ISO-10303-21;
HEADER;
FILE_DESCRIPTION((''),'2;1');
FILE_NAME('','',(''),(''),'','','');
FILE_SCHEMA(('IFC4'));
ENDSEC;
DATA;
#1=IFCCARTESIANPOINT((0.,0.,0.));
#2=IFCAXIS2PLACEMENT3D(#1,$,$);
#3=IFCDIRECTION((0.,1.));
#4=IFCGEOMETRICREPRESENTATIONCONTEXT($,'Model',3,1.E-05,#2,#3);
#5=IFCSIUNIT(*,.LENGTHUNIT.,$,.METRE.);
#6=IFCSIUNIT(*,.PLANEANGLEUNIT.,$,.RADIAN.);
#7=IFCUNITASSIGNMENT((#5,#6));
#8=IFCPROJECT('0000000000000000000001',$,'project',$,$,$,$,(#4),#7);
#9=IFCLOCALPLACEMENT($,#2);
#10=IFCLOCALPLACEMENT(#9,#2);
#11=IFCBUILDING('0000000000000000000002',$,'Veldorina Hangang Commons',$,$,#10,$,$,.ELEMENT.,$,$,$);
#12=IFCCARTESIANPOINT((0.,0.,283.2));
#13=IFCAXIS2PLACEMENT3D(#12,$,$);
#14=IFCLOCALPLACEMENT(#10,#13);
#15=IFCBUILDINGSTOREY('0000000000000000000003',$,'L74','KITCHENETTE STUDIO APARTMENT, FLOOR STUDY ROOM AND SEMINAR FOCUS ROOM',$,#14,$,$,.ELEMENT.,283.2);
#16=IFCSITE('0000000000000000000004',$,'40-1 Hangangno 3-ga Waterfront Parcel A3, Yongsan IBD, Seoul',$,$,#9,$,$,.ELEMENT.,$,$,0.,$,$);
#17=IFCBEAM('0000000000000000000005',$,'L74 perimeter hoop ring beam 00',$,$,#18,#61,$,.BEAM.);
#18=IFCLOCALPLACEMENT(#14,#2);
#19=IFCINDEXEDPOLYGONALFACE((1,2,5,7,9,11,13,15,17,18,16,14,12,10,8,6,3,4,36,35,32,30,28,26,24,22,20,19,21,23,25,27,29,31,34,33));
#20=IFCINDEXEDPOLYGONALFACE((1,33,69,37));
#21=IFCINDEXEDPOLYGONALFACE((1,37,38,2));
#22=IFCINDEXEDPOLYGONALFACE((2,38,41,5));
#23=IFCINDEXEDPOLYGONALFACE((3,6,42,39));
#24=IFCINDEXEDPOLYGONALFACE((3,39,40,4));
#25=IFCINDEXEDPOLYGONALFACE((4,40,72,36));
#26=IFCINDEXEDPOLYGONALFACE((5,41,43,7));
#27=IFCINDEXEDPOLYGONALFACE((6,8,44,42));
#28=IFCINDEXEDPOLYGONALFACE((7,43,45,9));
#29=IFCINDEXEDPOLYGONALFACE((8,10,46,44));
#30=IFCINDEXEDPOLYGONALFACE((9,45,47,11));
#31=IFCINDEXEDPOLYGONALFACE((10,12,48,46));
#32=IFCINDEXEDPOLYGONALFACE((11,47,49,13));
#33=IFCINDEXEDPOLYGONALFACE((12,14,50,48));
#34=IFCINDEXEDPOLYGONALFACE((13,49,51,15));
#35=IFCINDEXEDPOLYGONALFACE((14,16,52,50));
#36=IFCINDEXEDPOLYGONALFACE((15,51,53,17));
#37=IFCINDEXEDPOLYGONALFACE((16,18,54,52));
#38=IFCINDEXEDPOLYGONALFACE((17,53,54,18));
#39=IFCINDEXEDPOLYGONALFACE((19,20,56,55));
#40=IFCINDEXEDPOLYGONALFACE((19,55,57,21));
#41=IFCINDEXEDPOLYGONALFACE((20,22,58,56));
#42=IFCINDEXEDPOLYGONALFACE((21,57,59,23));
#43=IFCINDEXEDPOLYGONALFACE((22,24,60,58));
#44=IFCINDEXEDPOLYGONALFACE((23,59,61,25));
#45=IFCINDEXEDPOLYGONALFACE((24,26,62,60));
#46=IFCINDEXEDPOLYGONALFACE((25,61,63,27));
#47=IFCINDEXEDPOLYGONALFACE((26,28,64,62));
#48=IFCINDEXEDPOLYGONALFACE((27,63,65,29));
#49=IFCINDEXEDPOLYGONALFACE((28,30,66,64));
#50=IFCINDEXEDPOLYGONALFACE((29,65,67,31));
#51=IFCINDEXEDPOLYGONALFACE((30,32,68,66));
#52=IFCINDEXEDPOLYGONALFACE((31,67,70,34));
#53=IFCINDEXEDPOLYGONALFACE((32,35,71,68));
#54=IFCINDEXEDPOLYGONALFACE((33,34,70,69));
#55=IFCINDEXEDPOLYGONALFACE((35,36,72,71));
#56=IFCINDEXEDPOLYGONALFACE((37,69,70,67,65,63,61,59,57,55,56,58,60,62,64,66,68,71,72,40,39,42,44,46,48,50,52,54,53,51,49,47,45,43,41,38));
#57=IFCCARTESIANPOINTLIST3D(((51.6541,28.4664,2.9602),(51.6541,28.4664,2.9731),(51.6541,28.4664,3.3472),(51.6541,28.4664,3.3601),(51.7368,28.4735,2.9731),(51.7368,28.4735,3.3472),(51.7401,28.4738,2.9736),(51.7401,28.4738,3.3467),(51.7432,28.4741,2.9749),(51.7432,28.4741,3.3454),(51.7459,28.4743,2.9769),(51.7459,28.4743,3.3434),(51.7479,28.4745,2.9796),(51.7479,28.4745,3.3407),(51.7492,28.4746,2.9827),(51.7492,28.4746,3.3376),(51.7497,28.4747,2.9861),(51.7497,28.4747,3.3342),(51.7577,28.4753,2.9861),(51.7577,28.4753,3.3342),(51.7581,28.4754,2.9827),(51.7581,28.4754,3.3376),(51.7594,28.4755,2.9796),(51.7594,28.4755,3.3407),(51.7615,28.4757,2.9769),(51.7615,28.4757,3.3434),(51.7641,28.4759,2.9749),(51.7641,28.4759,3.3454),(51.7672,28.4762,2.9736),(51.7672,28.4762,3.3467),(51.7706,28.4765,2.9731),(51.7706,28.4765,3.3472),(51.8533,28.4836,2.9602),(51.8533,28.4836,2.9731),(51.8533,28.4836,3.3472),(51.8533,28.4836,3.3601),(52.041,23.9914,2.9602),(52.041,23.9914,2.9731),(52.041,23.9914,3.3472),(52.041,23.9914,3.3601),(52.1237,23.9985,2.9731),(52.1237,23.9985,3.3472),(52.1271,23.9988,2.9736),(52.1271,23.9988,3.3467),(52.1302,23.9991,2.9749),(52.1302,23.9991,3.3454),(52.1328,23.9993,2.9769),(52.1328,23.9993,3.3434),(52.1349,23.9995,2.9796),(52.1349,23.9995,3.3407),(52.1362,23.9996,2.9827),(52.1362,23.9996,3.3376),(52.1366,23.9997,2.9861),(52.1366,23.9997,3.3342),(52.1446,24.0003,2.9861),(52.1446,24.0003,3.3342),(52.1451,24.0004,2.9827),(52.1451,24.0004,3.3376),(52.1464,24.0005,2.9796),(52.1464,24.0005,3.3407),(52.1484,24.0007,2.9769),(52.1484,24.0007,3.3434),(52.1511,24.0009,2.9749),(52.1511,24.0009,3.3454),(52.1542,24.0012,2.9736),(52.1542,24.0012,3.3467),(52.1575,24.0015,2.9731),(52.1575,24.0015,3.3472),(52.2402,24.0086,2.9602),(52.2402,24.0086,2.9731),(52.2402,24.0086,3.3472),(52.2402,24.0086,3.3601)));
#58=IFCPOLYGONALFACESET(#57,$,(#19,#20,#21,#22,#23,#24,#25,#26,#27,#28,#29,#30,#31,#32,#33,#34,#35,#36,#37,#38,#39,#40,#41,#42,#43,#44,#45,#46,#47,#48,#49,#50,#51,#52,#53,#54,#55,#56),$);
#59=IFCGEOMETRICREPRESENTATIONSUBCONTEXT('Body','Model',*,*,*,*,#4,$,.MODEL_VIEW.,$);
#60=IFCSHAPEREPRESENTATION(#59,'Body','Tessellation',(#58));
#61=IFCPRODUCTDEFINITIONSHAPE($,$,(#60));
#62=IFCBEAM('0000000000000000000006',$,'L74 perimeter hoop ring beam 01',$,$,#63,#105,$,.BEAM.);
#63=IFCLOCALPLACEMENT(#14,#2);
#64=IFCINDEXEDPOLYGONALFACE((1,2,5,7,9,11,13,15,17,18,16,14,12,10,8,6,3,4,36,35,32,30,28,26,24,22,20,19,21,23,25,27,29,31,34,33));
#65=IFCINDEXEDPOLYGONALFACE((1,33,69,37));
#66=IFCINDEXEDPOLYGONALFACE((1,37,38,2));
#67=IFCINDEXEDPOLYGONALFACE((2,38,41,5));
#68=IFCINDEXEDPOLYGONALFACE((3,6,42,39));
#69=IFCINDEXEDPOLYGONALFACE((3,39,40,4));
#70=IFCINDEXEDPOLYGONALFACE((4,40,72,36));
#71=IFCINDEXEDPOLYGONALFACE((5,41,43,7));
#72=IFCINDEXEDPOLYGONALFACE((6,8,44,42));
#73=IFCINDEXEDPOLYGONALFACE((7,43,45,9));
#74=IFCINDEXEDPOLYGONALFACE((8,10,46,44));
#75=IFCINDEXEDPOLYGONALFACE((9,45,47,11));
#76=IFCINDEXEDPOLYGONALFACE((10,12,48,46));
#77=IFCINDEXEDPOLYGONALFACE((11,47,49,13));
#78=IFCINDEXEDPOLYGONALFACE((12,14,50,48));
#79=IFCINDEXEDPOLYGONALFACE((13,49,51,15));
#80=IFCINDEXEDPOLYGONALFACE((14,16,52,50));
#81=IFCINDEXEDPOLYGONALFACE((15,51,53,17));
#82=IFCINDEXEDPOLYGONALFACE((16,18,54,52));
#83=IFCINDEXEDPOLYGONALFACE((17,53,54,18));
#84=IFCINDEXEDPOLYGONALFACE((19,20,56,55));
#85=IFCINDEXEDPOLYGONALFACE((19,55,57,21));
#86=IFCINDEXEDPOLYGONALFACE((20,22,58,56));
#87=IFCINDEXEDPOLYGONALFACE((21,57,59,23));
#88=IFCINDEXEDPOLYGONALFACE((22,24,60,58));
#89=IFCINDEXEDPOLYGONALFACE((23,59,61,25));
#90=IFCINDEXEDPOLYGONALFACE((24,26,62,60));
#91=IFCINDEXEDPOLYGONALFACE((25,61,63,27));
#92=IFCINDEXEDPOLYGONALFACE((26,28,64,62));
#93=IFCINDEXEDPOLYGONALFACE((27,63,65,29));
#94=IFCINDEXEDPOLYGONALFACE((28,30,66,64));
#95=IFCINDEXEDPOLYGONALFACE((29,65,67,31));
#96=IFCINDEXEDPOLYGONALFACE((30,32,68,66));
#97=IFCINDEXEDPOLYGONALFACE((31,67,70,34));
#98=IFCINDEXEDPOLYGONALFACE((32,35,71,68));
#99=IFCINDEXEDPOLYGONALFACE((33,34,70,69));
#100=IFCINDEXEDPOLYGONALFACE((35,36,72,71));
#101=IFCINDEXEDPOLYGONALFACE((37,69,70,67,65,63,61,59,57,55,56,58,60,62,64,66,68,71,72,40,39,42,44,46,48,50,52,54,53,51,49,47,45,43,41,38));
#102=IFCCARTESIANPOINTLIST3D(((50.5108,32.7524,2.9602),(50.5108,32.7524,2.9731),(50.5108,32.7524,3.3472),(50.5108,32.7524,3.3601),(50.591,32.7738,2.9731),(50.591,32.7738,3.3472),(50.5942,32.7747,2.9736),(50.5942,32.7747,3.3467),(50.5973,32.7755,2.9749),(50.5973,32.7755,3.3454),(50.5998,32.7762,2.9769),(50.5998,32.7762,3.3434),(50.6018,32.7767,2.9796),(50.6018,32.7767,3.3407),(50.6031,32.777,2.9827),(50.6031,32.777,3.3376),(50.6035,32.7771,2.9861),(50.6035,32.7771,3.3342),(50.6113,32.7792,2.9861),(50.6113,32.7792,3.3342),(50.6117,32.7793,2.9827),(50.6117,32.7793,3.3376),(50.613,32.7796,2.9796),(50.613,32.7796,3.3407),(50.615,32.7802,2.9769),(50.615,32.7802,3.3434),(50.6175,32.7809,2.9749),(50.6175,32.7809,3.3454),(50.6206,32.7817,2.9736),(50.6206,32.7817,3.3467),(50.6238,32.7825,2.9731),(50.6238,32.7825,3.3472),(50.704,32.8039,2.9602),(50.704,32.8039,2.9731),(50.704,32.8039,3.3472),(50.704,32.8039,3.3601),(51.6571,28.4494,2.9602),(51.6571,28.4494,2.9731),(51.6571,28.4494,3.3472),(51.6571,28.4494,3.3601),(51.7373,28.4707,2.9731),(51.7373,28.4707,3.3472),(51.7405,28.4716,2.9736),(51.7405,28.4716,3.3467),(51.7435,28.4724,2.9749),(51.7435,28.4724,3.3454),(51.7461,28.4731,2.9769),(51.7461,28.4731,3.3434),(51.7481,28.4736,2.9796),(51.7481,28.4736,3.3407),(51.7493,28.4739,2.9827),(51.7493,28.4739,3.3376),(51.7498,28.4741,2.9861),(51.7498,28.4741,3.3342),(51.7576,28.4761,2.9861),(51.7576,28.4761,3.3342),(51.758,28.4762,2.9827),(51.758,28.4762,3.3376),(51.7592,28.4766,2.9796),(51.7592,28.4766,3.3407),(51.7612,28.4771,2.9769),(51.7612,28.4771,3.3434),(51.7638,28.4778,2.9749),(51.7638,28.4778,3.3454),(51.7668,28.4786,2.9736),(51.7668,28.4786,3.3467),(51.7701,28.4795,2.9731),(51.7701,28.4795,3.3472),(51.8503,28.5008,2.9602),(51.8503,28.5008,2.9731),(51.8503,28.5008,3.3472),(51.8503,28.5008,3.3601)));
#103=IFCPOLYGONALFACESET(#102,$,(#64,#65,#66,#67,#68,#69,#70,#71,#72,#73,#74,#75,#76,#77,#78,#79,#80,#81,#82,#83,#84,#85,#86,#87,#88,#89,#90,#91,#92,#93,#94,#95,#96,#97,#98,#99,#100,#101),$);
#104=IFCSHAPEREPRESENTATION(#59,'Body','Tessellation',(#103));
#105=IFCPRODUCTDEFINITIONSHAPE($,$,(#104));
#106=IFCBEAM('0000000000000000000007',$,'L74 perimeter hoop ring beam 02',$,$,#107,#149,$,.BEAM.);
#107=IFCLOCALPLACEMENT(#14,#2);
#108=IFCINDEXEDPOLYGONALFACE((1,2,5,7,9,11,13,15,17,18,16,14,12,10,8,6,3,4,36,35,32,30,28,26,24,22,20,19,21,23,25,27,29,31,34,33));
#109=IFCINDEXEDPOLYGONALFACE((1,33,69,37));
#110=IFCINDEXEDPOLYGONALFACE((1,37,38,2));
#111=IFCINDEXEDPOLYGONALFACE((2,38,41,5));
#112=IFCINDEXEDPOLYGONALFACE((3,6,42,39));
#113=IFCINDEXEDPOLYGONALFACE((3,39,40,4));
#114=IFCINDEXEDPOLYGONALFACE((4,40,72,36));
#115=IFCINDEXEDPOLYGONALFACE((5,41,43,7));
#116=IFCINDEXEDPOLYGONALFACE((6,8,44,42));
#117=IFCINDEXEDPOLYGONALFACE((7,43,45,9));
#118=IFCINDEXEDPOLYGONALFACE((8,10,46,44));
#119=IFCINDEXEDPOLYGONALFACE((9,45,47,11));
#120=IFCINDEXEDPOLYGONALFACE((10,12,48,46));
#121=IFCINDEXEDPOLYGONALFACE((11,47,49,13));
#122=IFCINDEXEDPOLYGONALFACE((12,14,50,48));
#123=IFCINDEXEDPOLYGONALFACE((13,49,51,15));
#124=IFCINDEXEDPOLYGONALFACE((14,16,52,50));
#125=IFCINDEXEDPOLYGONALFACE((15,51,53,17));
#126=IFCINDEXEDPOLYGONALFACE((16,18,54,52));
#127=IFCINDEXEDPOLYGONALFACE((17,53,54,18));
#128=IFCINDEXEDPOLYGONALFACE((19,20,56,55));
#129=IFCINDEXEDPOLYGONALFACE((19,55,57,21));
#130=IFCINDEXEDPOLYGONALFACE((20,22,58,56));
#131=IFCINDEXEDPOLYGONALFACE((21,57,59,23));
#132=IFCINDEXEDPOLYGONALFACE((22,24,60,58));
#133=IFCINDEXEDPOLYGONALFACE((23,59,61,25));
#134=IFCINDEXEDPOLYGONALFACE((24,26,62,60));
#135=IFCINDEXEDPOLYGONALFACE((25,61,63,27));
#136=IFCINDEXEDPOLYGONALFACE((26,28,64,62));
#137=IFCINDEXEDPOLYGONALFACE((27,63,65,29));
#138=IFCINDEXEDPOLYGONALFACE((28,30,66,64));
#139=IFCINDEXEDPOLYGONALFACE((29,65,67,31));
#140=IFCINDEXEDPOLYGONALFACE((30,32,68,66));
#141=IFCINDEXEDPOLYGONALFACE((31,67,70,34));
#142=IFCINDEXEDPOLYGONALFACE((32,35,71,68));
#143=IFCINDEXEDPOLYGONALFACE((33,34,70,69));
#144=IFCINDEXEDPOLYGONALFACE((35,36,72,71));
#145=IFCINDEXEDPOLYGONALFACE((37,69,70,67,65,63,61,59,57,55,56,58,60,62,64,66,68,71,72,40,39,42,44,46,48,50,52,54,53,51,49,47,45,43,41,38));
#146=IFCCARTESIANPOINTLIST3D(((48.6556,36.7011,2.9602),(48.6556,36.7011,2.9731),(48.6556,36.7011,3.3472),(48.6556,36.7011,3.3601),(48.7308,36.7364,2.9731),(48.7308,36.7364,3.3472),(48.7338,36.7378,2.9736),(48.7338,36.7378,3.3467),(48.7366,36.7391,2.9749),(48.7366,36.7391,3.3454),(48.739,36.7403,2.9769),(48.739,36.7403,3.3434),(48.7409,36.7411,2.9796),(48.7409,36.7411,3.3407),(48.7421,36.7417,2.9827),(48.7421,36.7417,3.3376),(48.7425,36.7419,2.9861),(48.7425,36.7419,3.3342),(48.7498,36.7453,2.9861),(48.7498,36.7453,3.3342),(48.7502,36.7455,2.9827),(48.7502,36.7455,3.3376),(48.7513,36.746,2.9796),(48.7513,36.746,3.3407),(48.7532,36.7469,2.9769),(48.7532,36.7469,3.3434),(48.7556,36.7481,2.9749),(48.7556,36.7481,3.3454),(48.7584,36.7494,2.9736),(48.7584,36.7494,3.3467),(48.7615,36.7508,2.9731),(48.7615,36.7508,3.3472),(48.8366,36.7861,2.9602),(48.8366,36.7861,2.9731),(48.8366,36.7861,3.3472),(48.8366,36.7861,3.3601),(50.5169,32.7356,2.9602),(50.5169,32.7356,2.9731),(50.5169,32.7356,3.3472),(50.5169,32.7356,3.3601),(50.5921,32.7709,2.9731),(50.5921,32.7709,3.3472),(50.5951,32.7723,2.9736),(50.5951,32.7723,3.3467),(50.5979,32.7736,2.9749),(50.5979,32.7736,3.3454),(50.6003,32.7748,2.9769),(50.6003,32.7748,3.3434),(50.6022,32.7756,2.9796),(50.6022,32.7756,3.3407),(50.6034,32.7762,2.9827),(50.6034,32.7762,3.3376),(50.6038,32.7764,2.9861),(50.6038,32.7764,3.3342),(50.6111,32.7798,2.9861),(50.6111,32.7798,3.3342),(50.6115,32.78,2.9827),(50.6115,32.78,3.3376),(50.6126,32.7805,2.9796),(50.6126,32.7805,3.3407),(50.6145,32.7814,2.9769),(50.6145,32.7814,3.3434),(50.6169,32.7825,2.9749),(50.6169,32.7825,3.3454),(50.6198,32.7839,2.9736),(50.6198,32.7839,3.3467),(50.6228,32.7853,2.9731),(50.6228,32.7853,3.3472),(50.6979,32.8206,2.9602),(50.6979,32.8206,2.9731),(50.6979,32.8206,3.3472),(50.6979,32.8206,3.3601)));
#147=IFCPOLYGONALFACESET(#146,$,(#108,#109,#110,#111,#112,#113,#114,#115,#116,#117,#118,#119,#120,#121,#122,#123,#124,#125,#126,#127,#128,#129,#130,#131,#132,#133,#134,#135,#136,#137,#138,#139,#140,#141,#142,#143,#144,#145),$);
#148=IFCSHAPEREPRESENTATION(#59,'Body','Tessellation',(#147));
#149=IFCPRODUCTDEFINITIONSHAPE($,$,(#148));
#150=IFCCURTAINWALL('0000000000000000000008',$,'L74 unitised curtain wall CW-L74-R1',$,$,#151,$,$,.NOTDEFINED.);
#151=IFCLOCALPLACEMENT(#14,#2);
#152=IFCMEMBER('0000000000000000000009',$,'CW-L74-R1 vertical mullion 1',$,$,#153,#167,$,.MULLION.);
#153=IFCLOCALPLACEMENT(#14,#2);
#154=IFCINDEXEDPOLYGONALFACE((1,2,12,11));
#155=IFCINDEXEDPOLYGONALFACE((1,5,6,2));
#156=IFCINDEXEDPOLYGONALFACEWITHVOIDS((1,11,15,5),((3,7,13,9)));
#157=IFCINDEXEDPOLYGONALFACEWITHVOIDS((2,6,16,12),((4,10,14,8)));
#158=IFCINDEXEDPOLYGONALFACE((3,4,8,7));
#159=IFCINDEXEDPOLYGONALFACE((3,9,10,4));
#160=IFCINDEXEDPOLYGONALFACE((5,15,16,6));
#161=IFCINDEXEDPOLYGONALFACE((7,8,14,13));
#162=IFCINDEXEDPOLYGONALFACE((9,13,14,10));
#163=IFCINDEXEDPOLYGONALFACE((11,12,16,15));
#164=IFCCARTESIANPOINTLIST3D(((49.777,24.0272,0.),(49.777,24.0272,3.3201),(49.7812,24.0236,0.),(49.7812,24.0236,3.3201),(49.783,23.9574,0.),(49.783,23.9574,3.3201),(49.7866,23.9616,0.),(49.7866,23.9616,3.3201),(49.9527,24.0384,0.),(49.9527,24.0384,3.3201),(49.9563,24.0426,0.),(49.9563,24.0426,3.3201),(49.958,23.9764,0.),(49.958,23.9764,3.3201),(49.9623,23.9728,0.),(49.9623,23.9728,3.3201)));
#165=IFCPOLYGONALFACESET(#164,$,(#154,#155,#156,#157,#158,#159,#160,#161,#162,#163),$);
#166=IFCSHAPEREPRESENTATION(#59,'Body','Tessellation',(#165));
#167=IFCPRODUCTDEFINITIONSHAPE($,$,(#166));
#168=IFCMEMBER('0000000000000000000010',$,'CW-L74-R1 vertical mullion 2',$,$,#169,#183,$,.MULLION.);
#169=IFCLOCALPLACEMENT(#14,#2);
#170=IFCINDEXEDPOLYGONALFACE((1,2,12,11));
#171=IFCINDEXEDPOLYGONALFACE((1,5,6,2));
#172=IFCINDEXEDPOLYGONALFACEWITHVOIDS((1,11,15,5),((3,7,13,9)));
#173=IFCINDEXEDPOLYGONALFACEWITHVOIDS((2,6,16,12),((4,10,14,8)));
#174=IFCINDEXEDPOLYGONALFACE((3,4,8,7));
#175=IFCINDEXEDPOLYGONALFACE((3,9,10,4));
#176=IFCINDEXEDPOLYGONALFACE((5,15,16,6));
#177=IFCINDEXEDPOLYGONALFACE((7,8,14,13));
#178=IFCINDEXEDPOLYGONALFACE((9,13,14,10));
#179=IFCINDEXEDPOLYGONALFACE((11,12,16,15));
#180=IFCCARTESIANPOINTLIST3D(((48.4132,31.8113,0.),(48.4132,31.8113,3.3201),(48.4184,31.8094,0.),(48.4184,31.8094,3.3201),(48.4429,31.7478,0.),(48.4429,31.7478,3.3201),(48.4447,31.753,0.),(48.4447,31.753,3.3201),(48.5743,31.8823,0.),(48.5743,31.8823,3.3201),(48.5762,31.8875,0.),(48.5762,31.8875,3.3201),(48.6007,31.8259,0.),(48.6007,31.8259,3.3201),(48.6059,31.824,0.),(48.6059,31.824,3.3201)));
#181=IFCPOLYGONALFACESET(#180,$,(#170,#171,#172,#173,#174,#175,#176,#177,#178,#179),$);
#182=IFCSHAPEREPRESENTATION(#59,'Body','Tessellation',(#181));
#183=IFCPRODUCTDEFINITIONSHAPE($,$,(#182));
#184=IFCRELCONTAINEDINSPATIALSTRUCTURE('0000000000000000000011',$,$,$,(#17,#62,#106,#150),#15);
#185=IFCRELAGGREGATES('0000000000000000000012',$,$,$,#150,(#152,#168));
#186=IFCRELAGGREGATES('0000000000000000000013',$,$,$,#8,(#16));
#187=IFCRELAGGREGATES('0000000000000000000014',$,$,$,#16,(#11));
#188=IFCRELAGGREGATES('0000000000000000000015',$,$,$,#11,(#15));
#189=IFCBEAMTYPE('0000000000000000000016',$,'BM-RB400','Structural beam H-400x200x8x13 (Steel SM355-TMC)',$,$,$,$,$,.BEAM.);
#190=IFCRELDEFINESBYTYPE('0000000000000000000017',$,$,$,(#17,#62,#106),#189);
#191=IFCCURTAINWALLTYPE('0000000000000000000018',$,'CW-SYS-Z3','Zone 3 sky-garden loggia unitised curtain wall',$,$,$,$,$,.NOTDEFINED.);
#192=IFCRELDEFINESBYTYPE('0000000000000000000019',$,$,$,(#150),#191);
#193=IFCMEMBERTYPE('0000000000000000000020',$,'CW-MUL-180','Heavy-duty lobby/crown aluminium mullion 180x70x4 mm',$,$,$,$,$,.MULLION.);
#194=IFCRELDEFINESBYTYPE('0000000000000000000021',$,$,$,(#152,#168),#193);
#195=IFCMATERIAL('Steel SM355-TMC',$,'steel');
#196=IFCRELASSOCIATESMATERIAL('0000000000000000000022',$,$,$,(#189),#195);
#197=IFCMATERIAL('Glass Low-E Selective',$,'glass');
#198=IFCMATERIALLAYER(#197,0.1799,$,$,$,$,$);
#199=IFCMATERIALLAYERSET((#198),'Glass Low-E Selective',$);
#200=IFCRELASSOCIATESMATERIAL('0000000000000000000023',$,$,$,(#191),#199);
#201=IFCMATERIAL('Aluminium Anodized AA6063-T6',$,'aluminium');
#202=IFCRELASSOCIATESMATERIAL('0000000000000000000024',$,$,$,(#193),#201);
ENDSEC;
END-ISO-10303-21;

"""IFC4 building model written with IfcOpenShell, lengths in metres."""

from ifc_helpers import new_model, si_unit, direction, frame, origin, origin_2d, place, context, subcontext, project, spatial, hollow_rectangle, i_section, extrude, material, layer, layer_set, material_profile, profile_set, type_object, element, aggregate, save


model = new_model("IFC4")

# Units and contexts
model_context = context("Model", 3, precision=1e-05, world=origin(), true_north=direction((0.0, 1.0)))
body_context = subcontext(model_context, "Body", "Model", "MODEL_VIEW")
ifc_project = project(units=[si_unit("LENGTHUNIT", "METRE"), si_unit("PLANEANGLEUNIT", "RADIAN")], contexts=[model_context])

# Site, building, storey
site_placement = place(None, origin())
site = spatial("IfcSite", under=ifc_project, at=site_placement, Name="40-1 Hangangno 3-ga Waterfront Parcel A3, Yongsan IBD, Seoul", CompositionType="ELEMENT", RefElevation=0.0)
building_placement = place(site_placement, origin())
building = spatial("IfcBuilding", under=site, at=building_placement, Name="Veldorina Hangang Commons", CompositionType="ELEMENT")
storey_placement = place(building_placement, frame((0.0, 0.0, 283.2)))
storey = spatial("IfcBuildingStorey", under=building, at=storey_placement, Name="L74", Description="KITCHENETTE STUDIO APARTMENT, FLOOR STUDY ROOM AND SEMINAR FOCUS ROOM", CompositionType="ELEMENT", Elevation=283.2)

# Beams
ifc_material_1 = material(Name="Steel SM355-TMC", Category="steel")
ifc_material_profile_1 = material_profile(ifc_material_1, i_section(OverallWidth=0.2, OverallDepth=0.3999, WebThickness=0.0081, FlangeThickness=0.0129, FilletRadius=0.0129, at=origin_2d()), Name="H-400x200x8x13")
ifc_profile_set_1 = profile_set([ifc_material_profile_1], Name="Steel SM355-TMC")
beam_type = type_object("IfcBeamType", Name="BM-RB400", Description="Structural beam H-400x200x8x13 (Steel SM355-TMC)", PredefinedType="BEAM", material=ifc_profile_set_1)
beam_1_placement = place(storey_placement, frame((52.1406, 24.0, 3.1602), z_axis=(-0.086149, 0.996282, 0.0), x_axis=(-0.996282, -0.086149, 0.0)))
element("IfcBeam", 1, at=beam_1_placement, inside=storey, type_object=beam_type, Name="L74 perimeter hoop ring beam 00", PredefinedType="BEAM", context=body_context, shape_type="SweptSolid", body=[
    extrude(i_section(OverallWidth=0.2, OverallDepth=0.3999, WebThickness=0.0081, FlangeThickness=0.0129, FilletRadius=0.0129, at=origin_2d()), origin(), (0.0, 0.0, 1.0), 4.4917),
])
beam_2_placement = place(storey_placement, frame((51.7537, 28.4751, 3.1602), z_axis=(-0.257407, 0.966303, 0.0), x_axis=(-0.966303, -0.257407, 0.0)))
element("IfcBeam", 2, at=beam_2_placement, inside=storey, type_object=beam_type, Name="L74 perimeter hoop ring beam 01", PredefinedType="BEAM", context=body_context, shape_type="SweptSolid", body=[
    extrude(i_section(OverallWidth=0.2, OverallDepth=0.3999, WebThickness=0.0081, FlangeThickness=0.0129, FilletRadius=0.0129, at=origin_2d()), origin(), (0.0, 0.0, 1.0), 4.4531),
])
beam_3_placement = place(storey_placement, frame((50.6074, 32.7781, 3.1602), z_axis=(-0.424895, 0.905243, 0.0), x_axis=(-0.905243, -0.424895, 0.0)))
element("IfcBeam", 3, at=beam_3_placement, inside=storey, type_object=beam_type, Name="L74 perimeter hoop ring beam 02", PredefinedType="BEAM", context=body_context, shape_type="SweptSolid", body=[
    extrude(i_section(OverallWidth=0.2, OverallDepth=0.3999, WebThickness=0.0081, FlangeThickness=0.0129, FilletRadius=0.0129, at=origin_2d()), origin(), (0.0, 0.0, 1.0), 4.3806),
])

# Curtain wall, members
ifc_material_2 = material(Name="Glass Low-E Selective", Category="glass")
ifc_layer_1 = layer(ifc_material_2, 0.1799)
ifc_layer_set_1 = layer_set([ifc_layer_1], Name="Glass Low-E Selective")
curtain_wall_type = type_object("IfcCurtainWallType", Name="CW-SYS-Z3", Description="Zone 3 sky-garden loggia unitised curtain wall", PredefinedType="NOTDEFINED", material=ifc_layer_set_1)
curtain_wall_placement = place(storey_placement, origin())
curtain_wall = element("IfcCurtainWall", 4, at=curtain_wall_placement, inside=storey, type_object=curtain_wall_type, Name="L74 unitised curtain wall CW-L74-R1", PredefinedType="NOTDEFINED")
ifc_material_3 = material(Name="Aluminium Anodized AA6063-T6", Category="aluminium")
ifc_material_profile_2 = material_profile(ifc_material_3, hollow_rectangle(XDim=0.0701, YDim=0.1799, WallThickness=0.0039, at=origin_2d()), Name="ALU-RHS-180x70x4")
ifc_profile_set_2 = profile_set([ifc_material_profile_2], Name="Aluminium Anodized AA6063-T6")
member_type_1 = type_object("IfcMemberType", Name="CW-MUL-180", Description="Heavy-duty lobby/crown aluminium mullion 180x70x4 mm", PredefinedType="MULLION", material=ifc_profile_set_2)
member_1_placement = place(storey_placement, frame((49.8696, 24.0, 0.0), z_axis=(0.0, 0.0, 1.0), x_axis=(-0.085852, 0.996308, 0.0)))
member_1 = element("IfcMember", 5, at=member_1_placement, type_object=member_type_1, Name="CW-L74-R1 vertical mullion 1", PredefinedType="MULLION", context=body_context, shape_type="SweptSolid", body=[
    extrude(hollow_rectangle(XDim=0.0701, YDim=0.1799, WallThickness=0.0039, at=origin_2d()), origin(), (0.0, 0.0, 1.0), 3.3201),
])
member_2_placement = place(storey_placement, frame((48.5095, 31.8176, 0.0), z_axis=(0.0, 0.0, 1.0), x_axis=(-0.423551, 0.905872, 0.0)))
member_2 = element("IfcMember", 6, at=member_2_placement, type_object=member_type_1, Name="CW-L74-R1 vertical mullion 2", PredefinedType="MULLION", context=body_context, shape_type="SweptSolid", body=[
    extrude(hollow_rectangle(XDim=0.0701, YDim=0.1799, WallThickness=0.0039, at=origin_2d()), origin(), (0.0, 0.0, 1.0), 3.3201),
])

aggregate(curtain_wall, [member_1, member_2])

save(model, "model.ifc")
